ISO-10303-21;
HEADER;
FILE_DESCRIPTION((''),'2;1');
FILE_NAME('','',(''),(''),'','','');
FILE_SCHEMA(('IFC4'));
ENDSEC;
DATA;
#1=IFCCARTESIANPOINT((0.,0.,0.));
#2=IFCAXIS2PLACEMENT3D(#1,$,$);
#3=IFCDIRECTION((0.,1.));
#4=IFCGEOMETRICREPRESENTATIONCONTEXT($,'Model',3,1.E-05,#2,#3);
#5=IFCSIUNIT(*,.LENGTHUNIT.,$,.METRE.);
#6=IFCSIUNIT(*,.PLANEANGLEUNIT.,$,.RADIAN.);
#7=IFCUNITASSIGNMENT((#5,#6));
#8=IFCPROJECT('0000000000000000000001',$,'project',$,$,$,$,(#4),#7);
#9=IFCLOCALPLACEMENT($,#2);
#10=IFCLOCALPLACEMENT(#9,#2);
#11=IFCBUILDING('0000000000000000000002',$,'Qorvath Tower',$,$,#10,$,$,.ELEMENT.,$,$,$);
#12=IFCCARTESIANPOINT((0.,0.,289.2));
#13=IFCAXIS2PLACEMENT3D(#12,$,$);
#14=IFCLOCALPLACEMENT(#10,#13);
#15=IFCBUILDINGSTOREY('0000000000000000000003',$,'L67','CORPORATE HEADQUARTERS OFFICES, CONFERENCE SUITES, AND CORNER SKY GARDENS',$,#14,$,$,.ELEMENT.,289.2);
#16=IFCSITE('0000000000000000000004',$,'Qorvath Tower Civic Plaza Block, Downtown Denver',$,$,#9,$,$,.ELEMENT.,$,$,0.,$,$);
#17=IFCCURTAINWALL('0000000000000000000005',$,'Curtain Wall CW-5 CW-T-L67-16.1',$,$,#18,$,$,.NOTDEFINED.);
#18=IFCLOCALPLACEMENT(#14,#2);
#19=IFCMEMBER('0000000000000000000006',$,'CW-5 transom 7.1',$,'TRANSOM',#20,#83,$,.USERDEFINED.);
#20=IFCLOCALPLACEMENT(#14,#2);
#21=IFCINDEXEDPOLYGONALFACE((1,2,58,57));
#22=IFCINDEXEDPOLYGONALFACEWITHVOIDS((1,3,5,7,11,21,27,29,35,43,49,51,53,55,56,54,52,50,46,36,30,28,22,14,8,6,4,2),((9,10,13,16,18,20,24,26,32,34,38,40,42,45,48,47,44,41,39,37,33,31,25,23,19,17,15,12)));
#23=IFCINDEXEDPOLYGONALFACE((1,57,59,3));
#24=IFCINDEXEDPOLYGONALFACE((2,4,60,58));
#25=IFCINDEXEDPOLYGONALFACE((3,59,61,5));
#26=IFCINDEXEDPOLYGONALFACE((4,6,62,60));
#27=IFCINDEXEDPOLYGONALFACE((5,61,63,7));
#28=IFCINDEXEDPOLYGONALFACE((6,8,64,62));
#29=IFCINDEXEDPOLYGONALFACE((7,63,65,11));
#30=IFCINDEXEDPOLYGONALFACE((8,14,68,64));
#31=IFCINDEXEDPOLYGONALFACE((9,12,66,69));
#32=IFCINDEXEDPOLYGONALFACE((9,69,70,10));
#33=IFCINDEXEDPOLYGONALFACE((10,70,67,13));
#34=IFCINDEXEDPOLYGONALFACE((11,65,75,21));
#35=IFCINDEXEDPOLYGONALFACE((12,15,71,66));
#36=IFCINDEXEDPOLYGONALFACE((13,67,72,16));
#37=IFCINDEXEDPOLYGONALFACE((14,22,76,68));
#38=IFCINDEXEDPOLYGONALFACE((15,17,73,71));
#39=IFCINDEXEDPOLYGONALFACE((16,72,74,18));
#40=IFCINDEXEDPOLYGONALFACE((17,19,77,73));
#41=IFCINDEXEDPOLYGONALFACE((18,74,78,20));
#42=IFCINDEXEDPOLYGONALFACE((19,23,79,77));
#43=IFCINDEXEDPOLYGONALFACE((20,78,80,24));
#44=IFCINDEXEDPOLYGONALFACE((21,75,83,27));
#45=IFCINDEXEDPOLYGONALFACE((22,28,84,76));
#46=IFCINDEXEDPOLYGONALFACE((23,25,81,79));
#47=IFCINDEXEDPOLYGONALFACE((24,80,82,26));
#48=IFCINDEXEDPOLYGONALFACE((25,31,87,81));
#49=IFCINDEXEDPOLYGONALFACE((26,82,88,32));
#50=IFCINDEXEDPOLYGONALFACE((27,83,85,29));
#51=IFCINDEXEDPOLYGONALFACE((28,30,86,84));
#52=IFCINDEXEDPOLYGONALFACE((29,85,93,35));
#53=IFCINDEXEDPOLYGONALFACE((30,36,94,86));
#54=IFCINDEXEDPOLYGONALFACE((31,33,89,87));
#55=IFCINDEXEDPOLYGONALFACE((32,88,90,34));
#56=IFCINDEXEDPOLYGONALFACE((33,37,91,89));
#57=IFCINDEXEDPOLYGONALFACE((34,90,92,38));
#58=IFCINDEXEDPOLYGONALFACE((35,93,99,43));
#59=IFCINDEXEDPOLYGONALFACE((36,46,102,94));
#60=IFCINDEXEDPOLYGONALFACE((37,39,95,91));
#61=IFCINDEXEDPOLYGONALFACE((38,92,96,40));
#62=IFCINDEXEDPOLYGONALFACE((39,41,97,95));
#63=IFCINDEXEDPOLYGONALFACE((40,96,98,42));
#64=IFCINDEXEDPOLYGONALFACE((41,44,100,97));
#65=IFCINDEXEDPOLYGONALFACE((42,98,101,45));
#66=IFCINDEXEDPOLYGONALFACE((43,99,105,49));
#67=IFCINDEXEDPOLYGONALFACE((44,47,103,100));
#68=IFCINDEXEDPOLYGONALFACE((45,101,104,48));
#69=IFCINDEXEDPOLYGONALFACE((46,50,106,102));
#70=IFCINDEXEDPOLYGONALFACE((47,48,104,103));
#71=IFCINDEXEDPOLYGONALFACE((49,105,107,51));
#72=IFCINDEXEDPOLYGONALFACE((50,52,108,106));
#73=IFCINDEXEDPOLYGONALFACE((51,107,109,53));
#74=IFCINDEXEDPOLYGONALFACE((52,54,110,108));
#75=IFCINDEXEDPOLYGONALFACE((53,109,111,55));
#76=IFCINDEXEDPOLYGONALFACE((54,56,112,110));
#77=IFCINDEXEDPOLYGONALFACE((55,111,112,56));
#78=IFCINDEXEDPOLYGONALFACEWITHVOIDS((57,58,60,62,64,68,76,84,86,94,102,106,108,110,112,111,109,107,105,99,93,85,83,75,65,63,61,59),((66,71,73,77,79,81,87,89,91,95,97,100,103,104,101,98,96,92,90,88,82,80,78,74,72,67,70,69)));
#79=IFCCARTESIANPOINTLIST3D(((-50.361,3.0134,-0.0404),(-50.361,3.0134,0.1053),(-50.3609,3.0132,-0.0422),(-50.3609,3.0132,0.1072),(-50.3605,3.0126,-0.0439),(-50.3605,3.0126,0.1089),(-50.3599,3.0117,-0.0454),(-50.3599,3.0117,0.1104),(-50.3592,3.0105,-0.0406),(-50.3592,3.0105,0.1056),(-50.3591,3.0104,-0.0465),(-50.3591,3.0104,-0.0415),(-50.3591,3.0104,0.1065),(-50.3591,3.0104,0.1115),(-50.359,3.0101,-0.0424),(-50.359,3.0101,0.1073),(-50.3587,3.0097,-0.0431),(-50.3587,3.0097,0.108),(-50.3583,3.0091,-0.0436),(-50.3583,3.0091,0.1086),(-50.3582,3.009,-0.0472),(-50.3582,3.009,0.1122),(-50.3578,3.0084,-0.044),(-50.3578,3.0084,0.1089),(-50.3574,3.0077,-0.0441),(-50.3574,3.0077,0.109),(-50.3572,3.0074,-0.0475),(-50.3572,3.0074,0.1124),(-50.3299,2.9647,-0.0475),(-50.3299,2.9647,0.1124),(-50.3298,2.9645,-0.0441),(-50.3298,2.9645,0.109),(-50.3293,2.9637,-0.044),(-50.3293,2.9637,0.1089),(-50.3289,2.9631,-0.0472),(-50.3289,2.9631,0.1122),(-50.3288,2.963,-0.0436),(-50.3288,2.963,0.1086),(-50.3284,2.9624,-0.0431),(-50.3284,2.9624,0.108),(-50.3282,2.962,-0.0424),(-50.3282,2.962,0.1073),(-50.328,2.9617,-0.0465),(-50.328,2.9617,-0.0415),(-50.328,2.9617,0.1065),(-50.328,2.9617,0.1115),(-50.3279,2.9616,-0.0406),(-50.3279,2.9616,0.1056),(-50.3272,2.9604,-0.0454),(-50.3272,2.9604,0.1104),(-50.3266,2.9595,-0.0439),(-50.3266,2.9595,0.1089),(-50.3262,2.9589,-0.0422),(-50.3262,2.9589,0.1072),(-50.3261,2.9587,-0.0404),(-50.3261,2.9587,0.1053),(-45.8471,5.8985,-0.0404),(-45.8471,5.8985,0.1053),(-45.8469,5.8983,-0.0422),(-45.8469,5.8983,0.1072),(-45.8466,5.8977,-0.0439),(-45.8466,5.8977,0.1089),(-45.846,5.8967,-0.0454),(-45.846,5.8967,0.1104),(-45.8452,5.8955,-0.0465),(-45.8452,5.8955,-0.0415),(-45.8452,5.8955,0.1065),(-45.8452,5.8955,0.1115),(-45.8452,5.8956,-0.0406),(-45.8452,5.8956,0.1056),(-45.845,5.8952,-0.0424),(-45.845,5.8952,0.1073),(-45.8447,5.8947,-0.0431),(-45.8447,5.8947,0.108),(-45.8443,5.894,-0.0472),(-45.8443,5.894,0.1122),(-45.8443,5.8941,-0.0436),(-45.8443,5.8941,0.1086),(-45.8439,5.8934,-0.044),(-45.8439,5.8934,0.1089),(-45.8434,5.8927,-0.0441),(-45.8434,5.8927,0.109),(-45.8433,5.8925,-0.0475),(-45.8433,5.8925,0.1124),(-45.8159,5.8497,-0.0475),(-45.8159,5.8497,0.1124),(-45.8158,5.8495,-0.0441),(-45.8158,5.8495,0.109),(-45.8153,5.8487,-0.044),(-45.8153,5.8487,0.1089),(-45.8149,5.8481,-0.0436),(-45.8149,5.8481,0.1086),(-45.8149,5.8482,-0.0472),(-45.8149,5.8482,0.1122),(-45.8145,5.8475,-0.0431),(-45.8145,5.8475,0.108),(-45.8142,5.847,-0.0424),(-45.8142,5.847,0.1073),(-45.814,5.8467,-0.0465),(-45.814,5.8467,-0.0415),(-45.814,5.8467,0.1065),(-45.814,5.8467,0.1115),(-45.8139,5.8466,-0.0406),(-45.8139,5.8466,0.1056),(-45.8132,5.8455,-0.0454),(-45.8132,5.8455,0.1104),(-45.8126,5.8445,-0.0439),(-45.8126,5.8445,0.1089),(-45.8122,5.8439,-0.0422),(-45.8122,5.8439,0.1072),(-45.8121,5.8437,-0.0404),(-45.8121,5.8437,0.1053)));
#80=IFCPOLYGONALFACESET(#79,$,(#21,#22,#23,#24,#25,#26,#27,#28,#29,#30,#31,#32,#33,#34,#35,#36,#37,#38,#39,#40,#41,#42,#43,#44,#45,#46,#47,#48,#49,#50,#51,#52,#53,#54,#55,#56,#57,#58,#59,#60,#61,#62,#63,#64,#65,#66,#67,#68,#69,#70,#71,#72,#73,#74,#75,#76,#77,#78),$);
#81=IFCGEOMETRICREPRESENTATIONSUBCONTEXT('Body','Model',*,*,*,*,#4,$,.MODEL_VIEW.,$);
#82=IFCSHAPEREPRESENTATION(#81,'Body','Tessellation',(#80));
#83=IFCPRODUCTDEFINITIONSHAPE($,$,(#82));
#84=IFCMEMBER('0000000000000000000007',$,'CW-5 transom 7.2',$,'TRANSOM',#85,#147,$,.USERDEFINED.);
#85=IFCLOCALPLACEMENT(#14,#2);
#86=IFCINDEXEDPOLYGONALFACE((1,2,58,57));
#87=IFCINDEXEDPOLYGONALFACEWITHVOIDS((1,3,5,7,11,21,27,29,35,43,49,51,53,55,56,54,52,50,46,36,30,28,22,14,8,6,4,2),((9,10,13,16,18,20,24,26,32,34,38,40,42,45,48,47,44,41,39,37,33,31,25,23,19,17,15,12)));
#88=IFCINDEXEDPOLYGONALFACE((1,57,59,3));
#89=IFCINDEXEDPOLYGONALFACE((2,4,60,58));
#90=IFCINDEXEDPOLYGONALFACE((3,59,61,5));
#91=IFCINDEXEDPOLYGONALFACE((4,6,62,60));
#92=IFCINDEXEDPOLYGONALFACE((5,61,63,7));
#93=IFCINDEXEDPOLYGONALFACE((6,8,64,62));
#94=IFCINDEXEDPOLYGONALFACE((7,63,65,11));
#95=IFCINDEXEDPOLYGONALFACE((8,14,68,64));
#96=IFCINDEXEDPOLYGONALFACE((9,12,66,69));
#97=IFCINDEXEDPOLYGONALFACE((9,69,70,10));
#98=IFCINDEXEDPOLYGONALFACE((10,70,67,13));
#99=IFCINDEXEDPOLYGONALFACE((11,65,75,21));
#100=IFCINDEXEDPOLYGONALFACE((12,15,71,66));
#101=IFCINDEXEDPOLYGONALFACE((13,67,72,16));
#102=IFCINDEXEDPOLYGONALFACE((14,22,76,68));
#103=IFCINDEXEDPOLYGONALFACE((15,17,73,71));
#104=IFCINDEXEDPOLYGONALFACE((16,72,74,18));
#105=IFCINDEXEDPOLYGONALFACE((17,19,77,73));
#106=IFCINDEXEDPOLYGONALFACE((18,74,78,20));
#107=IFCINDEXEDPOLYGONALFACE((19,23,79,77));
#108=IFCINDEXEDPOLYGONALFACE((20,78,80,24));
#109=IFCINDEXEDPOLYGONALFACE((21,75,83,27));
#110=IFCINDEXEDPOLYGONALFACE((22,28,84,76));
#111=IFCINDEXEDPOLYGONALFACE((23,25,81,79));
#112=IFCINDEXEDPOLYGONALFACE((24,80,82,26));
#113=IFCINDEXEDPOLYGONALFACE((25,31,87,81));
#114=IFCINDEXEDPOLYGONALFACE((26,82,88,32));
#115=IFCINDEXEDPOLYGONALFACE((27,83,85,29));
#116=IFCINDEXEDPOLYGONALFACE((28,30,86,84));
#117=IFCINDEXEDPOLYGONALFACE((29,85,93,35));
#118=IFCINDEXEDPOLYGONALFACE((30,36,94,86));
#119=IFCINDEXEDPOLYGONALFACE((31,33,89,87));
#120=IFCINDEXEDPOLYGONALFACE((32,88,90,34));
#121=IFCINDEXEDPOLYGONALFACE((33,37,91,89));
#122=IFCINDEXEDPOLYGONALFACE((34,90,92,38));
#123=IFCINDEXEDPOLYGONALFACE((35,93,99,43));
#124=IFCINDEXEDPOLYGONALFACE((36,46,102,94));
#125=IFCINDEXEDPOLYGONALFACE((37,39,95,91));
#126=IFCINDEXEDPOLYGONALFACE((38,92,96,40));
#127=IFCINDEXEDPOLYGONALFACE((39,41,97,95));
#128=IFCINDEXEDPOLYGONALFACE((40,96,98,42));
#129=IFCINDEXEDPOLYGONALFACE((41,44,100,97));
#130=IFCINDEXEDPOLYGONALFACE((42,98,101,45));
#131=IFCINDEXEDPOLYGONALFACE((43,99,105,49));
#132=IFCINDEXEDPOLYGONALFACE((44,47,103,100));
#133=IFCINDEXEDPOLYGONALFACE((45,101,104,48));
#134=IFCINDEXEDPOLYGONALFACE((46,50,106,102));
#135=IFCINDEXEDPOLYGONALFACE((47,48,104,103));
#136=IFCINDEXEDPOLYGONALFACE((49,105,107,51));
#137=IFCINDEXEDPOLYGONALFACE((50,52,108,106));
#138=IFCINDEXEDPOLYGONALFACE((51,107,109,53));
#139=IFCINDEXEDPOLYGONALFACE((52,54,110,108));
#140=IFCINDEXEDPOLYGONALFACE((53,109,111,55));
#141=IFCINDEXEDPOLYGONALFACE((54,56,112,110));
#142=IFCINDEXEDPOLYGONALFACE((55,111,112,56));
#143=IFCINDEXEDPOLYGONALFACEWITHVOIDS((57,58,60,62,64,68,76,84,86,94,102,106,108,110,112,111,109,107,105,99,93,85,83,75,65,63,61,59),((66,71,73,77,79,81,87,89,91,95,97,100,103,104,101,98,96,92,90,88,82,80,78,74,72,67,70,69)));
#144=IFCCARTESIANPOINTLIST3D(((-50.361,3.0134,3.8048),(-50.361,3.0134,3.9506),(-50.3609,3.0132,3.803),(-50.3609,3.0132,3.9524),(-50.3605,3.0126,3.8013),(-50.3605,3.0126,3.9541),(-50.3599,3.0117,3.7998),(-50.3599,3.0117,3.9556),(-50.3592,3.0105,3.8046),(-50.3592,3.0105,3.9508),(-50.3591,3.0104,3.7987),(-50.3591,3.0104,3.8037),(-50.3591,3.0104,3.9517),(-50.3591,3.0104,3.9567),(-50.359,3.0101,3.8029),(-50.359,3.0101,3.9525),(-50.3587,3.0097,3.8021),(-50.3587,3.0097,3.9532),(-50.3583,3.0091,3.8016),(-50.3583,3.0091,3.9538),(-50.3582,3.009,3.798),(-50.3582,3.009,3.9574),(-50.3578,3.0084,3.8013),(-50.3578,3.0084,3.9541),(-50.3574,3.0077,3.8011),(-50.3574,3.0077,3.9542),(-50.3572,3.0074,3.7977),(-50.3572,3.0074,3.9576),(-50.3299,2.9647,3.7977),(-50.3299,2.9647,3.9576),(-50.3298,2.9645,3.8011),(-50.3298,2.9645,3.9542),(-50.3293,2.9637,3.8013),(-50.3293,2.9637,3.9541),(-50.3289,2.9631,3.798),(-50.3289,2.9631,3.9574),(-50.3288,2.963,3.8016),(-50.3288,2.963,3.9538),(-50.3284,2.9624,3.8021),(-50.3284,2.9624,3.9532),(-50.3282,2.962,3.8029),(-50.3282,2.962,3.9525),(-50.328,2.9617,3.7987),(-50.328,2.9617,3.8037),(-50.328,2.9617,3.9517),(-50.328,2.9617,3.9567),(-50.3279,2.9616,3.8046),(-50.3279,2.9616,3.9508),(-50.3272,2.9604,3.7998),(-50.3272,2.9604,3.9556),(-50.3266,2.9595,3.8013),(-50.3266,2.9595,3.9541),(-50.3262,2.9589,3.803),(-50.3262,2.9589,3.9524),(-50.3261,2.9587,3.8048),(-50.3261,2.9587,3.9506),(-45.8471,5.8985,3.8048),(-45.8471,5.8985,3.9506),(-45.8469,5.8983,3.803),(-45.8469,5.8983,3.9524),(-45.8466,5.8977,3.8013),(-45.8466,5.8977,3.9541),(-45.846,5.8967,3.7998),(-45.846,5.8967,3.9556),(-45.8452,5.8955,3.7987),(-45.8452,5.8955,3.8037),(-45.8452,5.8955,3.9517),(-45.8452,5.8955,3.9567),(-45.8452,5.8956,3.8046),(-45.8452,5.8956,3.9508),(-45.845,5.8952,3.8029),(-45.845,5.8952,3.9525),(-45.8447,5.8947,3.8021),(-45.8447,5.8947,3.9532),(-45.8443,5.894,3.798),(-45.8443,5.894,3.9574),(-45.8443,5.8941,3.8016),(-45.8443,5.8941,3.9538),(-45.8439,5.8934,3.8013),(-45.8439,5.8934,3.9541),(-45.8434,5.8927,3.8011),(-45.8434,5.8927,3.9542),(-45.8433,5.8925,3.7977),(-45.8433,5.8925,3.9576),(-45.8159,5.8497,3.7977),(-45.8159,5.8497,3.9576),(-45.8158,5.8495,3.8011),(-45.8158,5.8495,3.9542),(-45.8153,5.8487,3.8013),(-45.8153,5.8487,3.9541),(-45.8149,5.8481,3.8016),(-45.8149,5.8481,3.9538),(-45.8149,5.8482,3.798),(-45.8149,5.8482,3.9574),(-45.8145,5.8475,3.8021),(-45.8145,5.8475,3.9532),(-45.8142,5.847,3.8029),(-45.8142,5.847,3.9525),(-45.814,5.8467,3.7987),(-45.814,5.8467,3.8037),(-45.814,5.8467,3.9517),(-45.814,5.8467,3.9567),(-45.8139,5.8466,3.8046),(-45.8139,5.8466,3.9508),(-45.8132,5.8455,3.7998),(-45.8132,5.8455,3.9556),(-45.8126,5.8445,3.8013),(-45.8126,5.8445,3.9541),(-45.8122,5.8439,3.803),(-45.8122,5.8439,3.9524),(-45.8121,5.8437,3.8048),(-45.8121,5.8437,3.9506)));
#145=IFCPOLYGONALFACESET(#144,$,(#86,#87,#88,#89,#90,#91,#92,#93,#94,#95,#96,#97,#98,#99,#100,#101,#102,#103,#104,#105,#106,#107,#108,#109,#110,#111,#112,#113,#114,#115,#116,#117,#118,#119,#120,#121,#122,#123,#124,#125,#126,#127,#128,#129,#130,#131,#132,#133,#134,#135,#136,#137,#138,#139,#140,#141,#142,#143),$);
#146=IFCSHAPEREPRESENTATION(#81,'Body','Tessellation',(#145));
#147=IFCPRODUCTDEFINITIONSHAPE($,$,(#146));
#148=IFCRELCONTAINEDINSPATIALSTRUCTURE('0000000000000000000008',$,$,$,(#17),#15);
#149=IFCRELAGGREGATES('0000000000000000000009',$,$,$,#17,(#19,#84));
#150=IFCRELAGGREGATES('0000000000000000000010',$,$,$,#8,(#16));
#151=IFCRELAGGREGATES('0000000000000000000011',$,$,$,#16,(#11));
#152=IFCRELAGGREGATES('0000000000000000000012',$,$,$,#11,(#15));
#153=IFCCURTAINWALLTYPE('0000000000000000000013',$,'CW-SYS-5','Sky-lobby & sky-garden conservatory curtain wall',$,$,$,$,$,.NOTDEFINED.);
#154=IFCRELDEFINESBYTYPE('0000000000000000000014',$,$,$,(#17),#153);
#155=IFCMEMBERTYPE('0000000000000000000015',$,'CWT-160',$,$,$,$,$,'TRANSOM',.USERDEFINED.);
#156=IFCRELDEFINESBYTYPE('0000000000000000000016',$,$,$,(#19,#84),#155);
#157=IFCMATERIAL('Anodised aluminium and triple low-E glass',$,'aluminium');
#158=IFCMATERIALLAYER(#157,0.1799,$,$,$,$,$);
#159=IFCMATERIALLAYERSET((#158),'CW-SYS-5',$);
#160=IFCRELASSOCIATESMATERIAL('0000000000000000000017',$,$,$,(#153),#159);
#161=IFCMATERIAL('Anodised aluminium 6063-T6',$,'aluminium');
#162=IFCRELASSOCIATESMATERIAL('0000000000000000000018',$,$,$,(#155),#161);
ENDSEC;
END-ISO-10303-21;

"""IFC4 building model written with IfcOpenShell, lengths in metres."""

from ifc_helpers import new_model, si_unit, direction, frame, origin, origin_2d, place, context, subcontext, project, spatial, hollow_rectangle, extrude, material, layer, layer_set, material_profile, profile_set, type_object, element, aggregate, save


model = new_model("IFC4")

# Units and contexts
model_context = context("Model", 3, precision=1e-05, world=origin(), true_north=direction((0.0, 1.0)))
body_context = subcontext(model_context, "Body", "Model", "MODEL_VIEW")
ifc_project = project(units=[si_unit("LENGTHUNIT", "METRE"), si_unit("PLANEANGLEUNIT", "RADIAN")], contexts=[model_context])

# Site, building, storey
site_placement = place(None, origin())
site = spatial("IfcSite", under=ifc_project, at=site_placement, Name="Qorvath Tower Civic Plaza Block, Downtown Denver", CompositionType="ELEMENT", RefElevation=0.0)
building_placement = place(site_placement, origin())
building = spatial("IfcBuilding", under=site, at=building_placement, Name="Qorvath Tower", CompositionType="ELEMENT")
storey_placement = place(building_placement, frame((0.0, 0.0, 289.2)))
storey = spatial("IfcBuildingStorey", under=building, at=storey_placement, Name="L67", Description="CORPORATE HEADQUARTERS OFFICES, CONFERENCE SUITES, AND CORNER SKY GARDENS", CompositionType="ELEMENT", Elevation=289.2)

# Curtain wall, members
ifc_material_1 = material(Name="Anodised aluminium and triple low-E glass", Category="aluminium")
ifc_layer_1 = layer(ifc_material_1, 0.1799)
ifc_layer_set_1 = layer_set([ifc_layer_1], Name="CW-SYS-5")
curtain_wall_type = type_object("IfcCurtainWallType", Name="CW-SYS-5", Description="Sky-lobby & sky-garden conservatory curtain wall", PredefinedType="NOTDEFINED", material=ifc_layer_set_1)
curtain_wall_placement = place(storey_placement, origin())
curtain_wall = element("IfcCurtainWall", 1, at=curtain_wall_placement, inside=storey, type_object=curtain_wall_type, Name="Curtain Wall CW-5 CW-T-L67-16.1", PredefinedType="NOTDEFINED")
ifc_material_2 = material(Name="Anodised aluminium 6063-T6", Category="aluminium")
ifc_material_profile_1 = material_profile(ifc_material_2, hollow_rectangle(XDim=0.0649, YDim=0.1599, WallThickness=0.0034, InnerFilletRadius=0.0034, OuterFilletRadius=0.0071, at=origin_2d()), Name="CWT 160x65")
ifc_profile_set_1 = profile_set([ifc_material_profile_1], Name="Anodised aluminium 6063-T6")
member_type_1 = type_object("IfcMemberType", Name="CWT-160", ElementType="TRANSOM", PredefinedType="USERDEFINED", material=ifc_profile_set_1)
member_1_placement = place(storey_placement, frame((-45.8296, 5.8711, 0.0325), z_axis=(-0.842601, -0.538538, 0.0), x_axis=(0.538538, -0.842601, 0.0)))
member_1 = element("IfcMember", 2, at=member_1_placement, type_object=member_type_1, Name="CW-5 transom 7.1", ObjectType="TRANSOM", PredefinedType="USERDEFINED", context=body_context, shape_type="SweptSolid", body=[
    extrude(hollow_rectangle(XDim=0.0649, YDim=0.1599, WallThickness=0.0034, InnerFilletRadius=0.0034, OuterFilletRadius=0.0071, at=origin_2d()), origin(), (0.0, 0.0, 1.0), 5.3572),
])
member_2_placement = place(storey_placement, frame((-45.8296, 5.8711, 3.8777), z_axis=(-0.842601, -0.538538, 0.0), x_axis=(0.538538, -0.842601, 0.0)))
member_2 = element("IfcMember", 3, at=member_2_placement, type_object=member_type_1, Name="CW-5 transom 7.2", ObjectType="TRANSOM", PredefinedType="USERDEFINED", context=body_context, shape_type="SweptSolid", body=[
    extrude(hollow_rectangle(XDim=0.0649, YDim=0.1599, WallThickness=0.0034, InnerFilletRadius=0.0034, OuterFilletRadius=0.0071, at=origin_2d()), origin(), (0.0, 0.0, 1.0), 5.3572),
])

aggregate(curtain_wall, [member_1, member_2])

save(model, "model.ifc")
